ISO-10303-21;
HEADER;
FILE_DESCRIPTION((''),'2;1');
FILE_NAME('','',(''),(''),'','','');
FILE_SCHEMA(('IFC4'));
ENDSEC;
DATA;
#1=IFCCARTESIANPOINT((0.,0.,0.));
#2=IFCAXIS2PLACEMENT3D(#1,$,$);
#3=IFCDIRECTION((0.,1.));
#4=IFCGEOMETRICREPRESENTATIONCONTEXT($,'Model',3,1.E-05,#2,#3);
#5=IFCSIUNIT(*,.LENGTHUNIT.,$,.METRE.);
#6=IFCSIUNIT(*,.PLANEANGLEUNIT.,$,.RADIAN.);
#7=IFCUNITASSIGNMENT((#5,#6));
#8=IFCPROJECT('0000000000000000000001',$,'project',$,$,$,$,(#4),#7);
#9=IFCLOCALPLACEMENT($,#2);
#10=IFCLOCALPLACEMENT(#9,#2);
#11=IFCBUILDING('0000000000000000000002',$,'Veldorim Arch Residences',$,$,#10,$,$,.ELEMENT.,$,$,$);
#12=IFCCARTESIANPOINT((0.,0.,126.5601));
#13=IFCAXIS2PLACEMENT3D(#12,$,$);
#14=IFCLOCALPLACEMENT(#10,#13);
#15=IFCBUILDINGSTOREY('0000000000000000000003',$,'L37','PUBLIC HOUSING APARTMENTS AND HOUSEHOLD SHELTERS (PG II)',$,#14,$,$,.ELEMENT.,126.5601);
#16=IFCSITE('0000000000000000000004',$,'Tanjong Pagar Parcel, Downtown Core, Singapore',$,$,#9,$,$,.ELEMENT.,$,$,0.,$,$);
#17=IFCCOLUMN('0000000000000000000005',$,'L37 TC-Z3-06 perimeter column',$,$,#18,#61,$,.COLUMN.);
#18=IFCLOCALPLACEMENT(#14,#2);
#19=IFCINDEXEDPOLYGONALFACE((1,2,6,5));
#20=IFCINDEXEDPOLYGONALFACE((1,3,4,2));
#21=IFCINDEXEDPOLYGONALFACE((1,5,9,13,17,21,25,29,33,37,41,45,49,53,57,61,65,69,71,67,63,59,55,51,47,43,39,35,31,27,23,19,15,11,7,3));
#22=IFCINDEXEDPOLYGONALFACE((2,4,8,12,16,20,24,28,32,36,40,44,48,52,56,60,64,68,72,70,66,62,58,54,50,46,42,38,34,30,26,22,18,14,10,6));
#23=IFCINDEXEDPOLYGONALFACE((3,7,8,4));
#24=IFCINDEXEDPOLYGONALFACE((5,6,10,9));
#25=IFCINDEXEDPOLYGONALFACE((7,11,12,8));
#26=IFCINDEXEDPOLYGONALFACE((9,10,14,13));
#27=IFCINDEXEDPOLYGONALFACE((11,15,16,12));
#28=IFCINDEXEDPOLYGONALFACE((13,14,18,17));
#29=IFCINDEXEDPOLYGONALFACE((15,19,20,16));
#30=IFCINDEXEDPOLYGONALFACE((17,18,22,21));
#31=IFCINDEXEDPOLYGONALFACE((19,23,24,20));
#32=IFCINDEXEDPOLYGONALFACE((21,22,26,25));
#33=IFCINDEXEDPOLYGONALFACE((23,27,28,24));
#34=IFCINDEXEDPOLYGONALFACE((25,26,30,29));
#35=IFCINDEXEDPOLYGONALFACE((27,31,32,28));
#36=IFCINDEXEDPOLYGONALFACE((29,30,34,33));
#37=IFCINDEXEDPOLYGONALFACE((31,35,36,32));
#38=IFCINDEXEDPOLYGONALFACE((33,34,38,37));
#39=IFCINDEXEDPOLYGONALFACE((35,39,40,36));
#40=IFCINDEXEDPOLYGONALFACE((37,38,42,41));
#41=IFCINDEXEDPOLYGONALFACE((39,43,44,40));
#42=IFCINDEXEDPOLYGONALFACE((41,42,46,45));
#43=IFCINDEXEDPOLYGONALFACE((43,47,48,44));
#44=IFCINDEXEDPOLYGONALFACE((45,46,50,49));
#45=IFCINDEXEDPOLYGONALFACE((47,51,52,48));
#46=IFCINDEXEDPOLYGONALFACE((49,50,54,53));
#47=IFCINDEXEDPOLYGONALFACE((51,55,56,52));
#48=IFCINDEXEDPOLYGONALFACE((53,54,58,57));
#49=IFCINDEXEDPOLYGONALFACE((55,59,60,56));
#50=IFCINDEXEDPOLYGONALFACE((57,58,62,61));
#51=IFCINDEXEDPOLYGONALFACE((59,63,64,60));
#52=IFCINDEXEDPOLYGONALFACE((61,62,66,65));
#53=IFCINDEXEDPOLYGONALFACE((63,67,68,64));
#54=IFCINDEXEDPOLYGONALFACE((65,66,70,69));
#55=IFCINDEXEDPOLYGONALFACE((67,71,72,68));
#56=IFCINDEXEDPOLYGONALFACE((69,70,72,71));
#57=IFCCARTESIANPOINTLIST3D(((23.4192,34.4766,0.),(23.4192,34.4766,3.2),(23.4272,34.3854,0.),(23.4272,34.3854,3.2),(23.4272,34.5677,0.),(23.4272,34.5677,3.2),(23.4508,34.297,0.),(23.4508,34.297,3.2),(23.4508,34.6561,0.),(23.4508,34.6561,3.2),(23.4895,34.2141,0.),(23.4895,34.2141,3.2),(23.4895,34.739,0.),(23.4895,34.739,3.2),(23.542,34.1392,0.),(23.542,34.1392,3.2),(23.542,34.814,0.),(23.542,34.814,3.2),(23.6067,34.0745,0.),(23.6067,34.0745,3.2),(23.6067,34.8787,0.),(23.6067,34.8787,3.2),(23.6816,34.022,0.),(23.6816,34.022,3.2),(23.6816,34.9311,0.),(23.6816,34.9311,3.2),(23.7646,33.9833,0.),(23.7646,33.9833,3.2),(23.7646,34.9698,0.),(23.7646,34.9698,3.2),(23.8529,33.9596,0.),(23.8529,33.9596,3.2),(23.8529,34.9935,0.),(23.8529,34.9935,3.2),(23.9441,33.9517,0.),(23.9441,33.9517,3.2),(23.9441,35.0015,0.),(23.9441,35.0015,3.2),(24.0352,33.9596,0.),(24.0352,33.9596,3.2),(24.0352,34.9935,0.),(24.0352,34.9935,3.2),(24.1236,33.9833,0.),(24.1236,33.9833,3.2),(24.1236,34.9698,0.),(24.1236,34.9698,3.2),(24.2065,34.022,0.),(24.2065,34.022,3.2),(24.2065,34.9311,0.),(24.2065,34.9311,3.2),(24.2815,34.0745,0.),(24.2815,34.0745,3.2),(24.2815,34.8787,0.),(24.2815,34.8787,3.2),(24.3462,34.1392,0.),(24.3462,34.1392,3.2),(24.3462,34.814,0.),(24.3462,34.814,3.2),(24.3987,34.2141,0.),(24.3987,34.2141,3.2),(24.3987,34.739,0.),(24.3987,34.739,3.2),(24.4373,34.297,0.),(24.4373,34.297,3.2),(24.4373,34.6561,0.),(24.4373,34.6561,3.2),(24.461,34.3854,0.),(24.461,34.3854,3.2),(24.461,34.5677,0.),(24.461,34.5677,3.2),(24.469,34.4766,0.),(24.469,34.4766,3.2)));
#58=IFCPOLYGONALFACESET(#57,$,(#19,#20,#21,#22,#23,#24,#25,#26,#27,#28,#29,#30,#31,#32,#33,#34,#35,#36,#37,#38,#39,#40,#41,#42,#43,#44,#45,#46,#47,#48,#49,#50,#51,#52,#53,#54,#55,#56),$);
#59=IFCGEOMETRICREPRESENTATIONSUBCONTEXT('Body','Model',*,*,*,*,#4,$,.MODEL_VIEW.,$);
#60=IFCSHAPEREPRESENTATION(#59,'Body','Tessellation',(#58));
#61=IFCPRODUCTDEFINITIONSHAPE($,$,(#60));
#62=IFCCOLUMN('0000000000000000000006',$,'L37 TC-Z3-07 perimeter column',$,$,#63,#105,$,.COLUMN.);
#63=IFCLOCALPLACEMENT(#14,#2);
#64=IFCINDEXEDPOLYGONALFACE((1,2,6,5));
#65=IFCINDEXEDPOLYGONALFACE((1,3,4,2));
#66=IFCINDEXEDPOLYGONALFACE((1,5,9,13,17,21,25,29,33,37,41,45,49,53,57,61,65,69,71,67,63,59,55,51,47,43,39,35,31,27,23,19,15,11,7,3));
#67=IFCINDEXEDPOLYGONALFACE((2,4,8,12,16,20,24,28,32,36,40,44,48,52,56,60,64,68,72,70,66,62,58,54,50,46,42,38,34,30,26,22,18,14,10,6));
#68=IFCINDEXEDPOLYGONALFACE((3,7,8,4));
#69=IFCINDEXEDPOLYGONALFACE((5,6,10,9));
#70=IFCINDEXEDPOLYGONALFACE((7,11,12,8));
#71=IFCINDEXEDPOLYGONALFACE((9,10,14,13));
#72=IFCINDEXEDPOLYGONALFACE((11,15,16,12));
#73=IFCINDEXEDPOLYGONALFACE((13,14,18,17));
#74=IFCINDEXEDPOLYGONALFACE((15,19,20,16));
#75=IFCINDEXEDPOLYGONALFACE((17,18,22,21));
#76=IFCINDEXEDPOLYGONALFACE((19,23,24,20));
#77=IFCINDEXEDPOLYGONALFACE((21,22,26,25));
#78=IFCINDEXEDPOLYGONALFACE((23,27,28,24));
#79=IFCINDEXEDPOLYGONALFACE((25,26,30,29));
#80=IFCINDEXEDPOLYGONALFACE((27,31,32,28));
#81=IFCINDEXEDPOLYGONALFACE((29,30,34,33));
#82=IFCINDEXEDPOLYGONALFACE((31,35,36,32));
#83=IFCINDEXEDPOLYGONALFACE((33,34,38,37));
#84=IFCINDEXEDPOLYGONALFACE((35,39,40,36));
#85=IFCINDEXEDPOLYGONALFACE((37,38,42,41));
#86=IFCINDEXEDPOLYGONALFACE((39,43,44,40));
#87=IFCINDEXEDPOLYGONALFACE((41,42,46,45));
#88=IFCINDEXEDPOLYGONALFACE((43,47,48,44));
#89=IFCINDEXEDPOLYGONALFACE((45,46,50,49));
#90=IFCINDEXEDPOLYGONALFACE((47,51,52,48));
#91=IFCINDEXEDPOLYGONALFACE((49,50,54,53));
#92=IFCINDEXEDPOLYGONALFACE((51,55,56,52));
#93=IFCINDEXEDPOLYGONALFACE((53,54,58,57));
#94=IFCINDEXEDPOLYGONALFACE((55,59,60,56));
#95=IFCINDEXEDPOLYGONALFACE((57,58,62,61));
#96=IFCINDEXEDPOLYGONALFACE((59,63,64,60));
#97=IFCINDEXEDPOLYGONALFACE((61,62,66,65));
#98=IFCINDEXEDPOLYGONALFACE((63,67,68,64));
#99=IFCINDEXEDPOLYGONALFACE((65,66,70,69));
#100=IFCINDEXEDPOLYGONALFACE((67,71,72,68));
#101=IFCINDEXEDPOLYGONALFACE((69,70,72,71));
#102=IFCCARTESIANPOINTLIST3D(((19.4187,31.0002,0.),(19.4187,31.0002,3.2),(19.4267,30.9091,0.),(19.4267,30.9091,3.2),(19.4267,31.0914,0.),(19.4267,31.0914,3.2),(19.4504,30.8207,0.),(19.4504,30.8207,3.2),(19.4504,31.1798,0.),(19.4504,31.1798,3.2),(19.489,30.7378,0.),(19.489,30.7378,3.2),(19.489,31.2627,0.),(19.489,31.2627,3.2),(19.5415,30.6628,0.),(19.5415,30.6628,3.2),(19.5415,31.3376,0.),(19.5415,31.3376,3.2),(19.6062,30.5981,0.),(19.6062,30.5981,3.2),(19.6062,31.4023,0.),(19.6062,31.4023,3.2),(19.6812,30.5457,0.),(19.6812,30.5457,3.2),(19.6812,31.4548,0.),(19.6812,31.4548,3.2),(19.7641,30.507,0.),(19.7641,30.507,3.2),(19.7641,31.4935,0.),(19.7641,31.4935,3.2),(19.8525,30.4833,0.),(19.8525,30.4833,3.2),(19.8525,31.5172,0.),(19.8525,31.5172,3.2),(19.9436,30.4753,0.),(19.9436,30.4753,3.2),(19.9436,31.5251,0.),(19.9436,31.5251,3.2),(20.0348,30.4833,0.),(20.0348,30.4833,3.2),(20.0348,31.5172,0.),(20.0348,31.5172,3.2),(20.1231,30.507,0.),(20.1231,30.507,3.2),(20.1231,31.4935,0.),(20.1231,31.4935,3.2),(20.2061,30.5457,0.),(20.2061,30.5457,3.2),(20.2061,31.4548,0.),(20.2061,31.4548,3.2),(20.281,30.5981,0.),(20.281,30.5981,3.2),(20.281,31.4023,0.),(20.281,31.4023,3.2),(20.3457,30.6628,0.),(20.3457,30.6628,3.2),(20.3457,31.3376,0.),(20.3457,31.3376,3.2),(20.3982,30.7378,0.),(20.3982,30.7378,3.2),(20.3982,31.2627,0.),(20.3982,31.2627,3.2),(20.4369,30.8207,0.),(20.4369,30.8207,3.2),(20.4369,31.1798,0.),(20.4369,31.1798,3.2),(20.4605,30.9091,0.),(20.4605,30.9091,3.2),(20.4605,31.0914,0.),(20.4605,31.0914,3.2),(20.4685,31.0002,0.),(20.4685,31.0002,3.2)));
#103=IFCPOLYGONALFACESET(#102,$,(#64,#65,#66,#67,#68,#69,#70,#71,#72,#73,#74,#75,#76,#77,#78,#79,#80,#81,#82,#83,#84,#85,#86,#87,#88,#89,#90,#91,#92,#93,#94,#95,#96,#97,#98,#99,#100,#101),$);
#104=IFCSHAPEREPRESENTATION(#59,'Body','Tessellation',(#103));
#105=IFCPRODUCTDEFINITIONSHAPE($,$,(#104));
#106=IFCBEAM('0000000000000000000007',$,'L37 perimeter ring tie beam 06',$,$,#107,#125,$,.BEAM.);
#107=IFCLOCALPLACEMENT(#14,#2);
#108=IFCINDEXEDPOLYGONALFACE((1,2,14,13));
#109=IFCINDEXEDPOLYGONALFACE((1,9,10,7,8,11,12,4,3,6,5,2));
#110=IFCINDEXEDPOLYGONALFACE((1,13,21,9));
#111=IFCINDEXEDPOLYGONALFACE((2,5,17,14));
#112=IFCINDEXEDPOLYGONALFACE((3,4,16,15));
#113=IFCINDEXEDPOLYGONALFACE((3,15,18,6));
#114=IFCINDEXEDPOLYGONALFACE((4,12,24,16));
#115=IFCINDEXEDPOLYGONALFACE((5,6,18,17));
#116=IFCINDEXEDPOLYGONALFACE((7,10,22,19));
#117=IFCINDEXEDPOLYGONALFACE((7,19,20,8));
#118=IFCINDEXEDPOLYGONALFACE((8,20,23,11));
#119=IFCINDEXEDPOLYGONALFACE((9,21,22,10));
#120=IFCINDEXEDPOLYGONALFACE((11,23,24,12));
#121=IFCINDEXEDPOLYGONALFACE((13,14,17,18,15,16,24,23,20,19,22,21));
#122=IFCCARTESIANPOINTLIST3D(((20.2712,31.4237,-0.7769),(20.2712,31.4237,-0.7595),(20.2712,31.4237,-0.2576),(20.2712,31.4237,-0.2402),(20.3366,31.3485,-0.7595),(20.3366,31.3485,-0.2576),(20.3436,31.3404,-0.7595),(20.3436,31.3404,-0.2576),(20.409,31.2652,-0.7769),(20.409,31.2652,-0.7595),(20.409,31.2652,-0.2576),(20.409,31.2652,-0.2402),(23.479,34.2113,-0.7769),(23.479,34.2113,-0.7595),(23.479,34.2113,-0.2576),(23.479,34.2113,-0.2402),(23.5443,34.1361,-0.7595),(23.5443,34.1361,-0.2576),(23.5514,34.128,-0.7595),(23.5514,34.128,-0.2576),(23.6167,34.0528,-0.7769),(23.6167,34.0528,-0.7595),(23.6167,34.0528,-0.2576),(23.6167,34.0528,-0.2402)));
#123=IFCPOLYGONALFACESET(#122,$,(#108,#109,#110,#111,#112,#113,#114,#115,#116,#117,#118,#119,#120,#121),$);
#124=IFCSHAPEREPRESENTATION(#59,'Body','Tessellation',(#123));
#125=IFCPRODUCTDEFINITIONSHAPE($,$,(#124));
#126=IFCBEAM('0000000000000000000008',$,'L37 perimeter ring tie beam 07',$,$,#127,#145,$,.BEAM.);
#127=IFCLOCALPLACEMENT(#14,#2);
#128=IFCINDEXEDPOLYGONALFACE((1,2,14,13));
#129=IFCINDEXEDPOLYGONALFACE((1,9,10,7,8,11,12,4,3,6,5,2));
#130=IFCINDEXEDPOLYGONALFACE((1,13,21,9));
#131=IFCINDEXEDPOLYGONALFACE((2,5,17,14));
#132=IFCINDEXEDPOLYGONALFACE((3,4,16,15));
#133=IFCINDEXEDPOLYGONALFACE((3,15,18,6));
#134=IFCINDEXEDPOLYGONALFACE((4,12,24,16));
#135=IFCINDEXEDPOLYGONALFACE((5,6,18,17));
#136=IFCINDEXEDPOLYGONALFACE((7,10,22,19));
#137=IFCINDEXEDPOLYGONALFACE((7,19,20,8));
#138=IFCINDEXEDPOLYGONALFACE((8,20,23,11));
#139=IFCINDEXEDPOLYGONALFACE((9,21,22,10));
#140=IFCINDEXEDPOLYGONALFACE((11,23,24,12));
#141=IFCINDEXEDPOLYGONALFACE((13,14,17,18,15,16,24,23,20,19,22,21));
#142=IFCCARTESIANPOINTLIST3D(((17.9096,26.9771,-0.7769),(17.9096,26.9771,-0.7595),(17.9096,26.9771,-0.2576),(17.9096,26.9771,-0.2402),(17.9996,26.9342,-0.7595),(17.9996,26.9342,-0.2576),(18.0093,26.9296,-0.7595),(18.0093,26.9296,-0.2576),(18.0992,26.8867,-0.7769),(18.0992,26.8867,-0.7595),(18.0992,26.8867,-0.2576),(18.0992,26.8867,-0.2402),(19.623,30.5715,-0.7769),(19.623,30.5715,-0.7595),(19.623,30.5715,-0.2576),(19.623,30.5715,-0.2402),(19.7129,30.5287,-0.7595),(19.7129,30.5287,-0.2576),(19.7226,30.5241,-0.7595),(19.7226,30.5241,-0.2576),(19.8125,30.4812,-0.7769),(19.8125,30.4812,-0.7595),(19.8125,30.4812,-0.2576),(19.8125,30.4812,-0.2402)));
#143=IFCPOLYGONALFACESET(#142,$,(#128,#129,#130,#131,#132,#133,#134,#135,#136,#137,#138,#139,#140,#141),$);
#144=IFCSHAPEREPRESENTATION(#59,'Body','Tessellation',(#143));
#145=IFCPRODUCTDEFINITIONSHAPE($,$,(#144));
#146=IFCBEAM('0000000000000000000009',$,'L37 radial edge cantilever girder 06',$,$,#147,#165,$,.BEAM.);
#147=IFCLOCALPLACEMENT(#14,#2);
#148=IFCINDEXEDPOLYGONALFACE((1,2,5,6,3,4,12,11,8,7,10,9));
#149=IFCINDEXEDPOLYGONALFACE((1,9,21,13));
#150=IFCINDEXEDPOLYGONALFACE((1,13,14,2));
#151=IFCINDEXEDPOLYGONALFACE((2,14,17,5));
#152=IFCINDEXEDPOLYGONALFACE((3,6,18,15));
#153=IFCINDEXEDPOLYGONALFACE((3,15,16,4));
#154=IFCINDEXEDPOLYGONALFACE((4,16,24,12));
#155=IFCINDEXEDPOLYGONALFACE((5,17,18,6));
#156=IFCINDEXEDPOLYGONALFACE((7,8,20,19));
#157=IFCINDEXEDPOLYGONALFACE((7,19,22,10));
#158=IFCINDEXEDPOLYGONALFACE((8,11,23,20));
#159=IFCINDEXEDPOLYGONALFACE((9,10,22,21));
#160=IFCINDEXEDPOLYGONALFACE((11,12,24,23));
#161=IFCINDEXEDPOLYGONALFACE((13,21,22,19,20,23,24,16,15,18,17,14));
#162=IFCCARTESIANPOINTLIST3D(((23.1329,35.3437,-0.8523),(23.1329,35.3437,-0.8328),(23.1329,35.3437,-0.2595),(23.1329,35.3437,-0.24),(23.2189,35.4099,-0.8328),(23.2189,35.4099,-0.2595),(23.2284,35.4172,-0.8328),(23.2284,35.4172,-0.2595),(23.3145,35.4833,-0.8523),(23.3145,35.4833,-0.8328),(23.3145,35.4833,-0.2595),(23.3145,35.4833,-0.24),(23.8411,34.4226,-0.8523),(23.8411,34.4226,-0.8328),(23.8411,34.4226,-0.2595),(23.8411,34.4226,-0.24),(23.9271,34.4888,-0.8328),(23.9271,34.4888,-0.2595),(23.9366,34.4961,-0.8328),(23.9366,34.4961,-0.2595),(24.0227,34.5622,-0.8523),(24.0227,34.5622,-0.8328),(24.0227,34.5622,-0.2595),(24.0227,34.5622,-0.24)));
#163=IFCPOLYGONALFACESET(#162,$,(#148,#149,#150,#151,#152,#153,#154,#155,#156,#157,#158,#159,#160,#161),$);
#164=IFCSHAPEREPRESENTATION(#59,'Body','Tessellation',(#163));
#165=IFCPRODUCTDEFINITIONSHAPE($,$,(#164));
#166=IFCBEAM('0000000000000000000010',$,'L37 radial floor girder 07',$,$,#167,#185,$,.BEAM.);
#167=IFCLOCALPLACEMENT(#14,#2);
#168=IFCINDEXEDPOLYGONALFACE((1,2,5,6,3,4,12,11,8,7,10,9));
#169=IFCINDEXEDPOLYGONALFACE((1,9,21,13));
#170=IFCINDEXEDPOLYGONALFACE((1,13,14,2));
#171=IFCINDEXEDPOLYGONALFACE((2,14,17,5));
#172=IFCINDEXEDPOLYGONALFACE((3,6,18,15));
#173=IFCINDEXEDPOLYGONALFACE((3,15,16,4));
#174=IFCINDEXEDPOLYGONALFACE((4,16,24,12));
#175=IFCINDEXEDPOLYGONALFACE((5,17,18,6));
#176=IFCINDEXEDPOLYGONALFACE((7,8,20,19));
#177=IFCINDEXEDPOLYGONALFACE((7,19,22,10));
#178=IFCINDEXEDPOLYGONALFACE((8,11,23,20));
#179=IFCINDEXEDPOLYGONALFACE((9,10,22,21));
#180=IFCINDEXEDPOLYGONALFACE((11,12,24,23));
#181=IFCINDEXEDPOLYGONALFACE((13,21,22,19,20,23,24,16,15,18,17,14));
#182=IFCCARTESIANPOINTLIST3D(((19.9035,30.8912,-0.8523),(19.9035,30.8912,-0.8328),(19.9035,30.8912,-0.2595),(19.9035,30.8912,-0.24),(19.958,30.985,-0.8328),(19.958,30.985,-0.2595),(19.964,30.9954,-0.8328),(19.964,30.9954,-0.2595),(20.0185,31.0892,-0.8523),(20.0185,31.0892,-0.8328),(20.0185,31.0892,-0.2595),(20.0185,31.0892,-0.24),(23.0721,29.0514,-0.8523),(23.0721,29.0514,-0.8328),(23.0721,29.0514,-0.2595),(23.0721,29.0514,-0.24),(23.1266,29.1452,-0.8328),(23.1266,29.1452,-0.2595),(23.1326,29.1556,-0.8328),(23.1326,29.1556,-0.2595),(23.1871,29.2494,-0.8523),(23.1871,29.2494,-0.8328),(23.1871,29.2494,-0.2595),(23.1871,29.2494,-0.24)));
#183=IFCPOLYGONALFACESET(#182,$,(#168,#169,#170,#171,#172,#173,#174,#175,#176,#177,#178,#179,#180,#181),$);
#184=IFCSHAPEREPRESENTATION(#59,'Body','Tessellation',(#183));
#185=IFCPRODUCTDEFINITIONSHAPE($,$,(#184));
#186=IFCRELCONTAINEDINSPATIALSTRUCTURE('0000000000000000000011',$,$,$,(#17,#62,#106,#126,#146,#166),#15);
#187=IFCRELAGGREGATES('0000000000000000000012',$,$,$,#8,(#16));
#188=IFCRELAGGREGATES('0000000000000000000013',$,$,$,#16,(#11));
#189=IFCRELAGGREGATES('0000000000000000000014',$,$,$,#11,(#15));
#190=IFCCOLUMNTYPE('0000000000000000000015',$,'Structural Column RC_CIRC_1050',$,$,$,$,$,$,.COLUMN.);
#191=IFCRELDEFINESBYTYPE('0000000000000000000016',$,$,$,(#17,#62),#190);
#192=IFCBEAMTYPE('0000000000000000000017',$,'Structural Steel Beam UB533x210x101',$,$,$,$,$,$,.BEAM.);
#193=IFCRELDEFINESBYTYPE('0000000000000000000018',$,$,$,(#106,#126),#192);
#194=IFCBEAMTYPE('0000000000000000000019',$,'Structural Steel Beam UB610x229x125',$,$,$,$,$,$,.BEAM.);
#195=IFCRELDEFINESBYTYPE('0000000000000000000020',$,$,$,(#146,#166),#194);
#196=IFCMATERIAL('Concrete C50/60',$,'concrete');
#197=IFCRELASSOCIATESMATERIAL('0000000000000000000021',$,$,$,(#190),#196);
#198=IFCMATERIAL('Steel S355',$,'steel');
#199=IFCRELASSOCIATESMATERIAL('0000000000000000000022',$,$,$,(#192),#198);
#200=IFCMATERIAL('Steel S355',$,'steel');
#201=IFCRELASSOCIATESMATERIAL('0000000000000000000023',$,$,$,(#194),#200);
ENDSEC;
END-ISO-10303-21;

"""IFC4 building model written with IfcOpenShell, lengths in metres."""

from ifc_helpers import new_model, si_unit, direction, frame, origin, origin_2d, place, context, subcontext, project, spatial, circle, i_section, extrude, material, material_profile, profile_set, type_object, element, save


model = new_model("IFC4")

# Units and contexts
model_context = context("Model", 3, precision=1e-05, world=origin(), true_north=direction((0.0, 1.0)))
body_context = subcontext(model_context, "Body", "Model", "MODEL_VIEW")
ifc_project = project(units=[si_unit("LENGTHUNIT", "METRE"), si_unit("PLANEANGLEUNIT", "RADIAN")], contexts=[model_context])

# Site, building, storey
site_placement = place(None, origin())
site = spatial("IfcSite", under=ifc_project, at=site_placement, Name="Tanjong Pagar Parcel, Downtown Core, Singapore", CompositionType="ELEMENT", RefElevation=0.0)
building_placement = place(site_placement, origin())
building = spatial("IfcBuilding", under=site, at=building_placement, Name="Veldorim Arch Residences", CompositionType="ELEMENT")
storey_placement = place(building_placement, frame((0.0, 0.0, 126.5601)))
storey = spatial("IfcBuildingStorey", under=building, at=storey_placement, Name="L37", Description="PUBLIC HOUSING APARTMENTS AND HOUSEHOLD SHELTERS (PG II)", CompositionType="ELEMENT", Elevation=126.5601)

# Columns
ifc_material_1 = material(Name="Concrete C50/60", Category="concrete")
ifc_material_profile_1 = material_profile(ifc_material_1, circle(Radius=0.5249, at=origin_2d()), Name="RC_CIRC_1050")
ifc_profile_set_1 = profile_set([ifc_material_profile_1], Name="Concrete C50/60")
column_type = type_object("IfcColumnType", Name="Structural Column RC_CIRC_1050", PredefinedType="COLUMN", material=ifc_profile_set_1)
for number, where, z_axis, x_axis, name in (
    (1, (23.9441, 34.4766, 0.0), (0.0, 0.0, 1.0), (1.0, 0.0, 0.0), "L37 TC-Z3-06 perimeter column"),
    (2, (19.9436, 31.0002, 0.0), (0.0, 0.0, 1.0), (1.0, 0.0, 0.0), "L37 TC-Z3-07 perimeter column"),
):
    element("IfcColumn", number, at=place(storey_placement, frame(where, z_axis=z_axis, x_axis=x_axis)), inside=storey, type_object=column_type, Name=name, PredefinedType="COLUMN", context=body_context, shape_type="SweptSolid", body=[
        extrude(circle(Radius=0.5249, at=origin_2d()), origin(), (0.0, 0.0, 1.0), 3.2),
    ])

# Beams
ifc_material_2 = material(Name="Steel S355", Category="steel")
ifc_material_profile_2 = material_profile(ifc_material_2, i_section(OverallWidth=0.21, OverallDepth=0.5366, WebThickness=0.0107, FlangeThickness=0.0173, at=origin_2d()), Name="UB533x210x101")
ifc_profile_set_2 = profile_set([ifc_material_profile_2], Name="Steel S355")
beam_type_1 = type_object("IfcBeamType", Name="Structural Steel Beam UB533x210x101", PredefinedType="BEAM", material=ifc_profile_set_2)
beam_1_placement = place(storey_placement, frame((23.5479, 34.1321, -0.5085), z_axis=(-0.754811, -0.655943, 0.0), x_axis=(0.655943, -0.754811, 0.0)))
element("IfcBeam", 3, at=beam_1_placement, inside=storey, type_object=beam_type_1, Name="L37 perimeter ring tie beam 06", PredefinedType="BEAM", context=body_context, shape_type="SweptSolid", body=[
    extrude(i_section(OverallWidth=0.21, OverallDepth=0.5366, WebThickness=0.0107, FlangeThickness=0.0173, at=origin_2d()), origin(), (0.0, 0.0, 1.0), 4.2498),
])
beam_2_placement = place(storey_placement, frame((19.7178, 30.5264, -0.5085), z_axis=(-0.430286, -0.902693, 0.0), x_axis=(0.902693, -0.430286, 0.0)))
element("IfcBeam", 4, at=beam_2_placement, inside=storey, type_object=beam_type_1, Name="L37 perimeter ring tie beam 07", PredefinedType="BEAM", context=body_context, shape_type="SweptSolid", body=[
    extrude(i_section(OverallWidth=0.21, OverallDepth=0.5366, WebThickness=0.0107, FlangeThickness=0.0173, at=origin_2d()), origin(), (0.0, 0.0, 1.0), 3.9819),
])
ifc_material_3 = material(Name="Steel S355", Category="steel")
ifc_material_profile_3 = material_profile(ifc_material_3, i_section(OverallWidth=0.229, OverallDepth=0.6123, WebThickness=0.012, FlangeThickness=0.0195, at=origin_2d()), Name="UB610x229x125")
ifc_profile_set_3 = profile_set([ifc_material_profile_3], Name="Steel S355")
beam_type_2 = type_object("IfcBeamType", Name="Structural Steel Beam UB610x229x125", PredefinedType="BEAM", material=ifc_profile_set_3)
beam_3_placement = place(storey_placement, frame((23.9319, 34.4924, -0.5461), z_axis=(-0.609538, 0.792757, 0.0), x_axis=(-0.792757, -0.609538, 0.0)))
element("IfcBeam", 5, at=beam_3_placement, inside=storey, type_object=beam_type_2, Name="L37 radial edge cantilever girder 06", PredefinedType="BEAM", context=body_context, shape_type="SweptSolid", body=[
    extrude(i_section(OverallWidth=0.229, OverallDepth=0.6123, WebThickness=0.012, FlangeThickness=0.0195, at=origin_2d()), origin(), (0.0, 0.0, 1.0), 1.1619),
])
beam_4_placement = place(storey_placement, frame((23.1296, 29.1504, -0.5461), z_axis=(-0.864795, 0.502126, 0.0), x_axis=(-0.502126, -0.864795, 0.0)))
element("IfcBeam", 6, at=beam_4_placement, inside=storey, type_object=beam_type_2, Name="L37 radial floor girder 07", PredefinedType="BEAM", context=body_context, shape_type="SweptSolid", body=[
    extrude(i_section(OverallWidth=0.229, OverallDepth=0.6123, WebThickness=0.012, FlangeThickness=0.0195, at=origin_2d()), origin(), (0.0, 0.0, 1.0), 3.6641),
])

save(model, "model.ifc")
